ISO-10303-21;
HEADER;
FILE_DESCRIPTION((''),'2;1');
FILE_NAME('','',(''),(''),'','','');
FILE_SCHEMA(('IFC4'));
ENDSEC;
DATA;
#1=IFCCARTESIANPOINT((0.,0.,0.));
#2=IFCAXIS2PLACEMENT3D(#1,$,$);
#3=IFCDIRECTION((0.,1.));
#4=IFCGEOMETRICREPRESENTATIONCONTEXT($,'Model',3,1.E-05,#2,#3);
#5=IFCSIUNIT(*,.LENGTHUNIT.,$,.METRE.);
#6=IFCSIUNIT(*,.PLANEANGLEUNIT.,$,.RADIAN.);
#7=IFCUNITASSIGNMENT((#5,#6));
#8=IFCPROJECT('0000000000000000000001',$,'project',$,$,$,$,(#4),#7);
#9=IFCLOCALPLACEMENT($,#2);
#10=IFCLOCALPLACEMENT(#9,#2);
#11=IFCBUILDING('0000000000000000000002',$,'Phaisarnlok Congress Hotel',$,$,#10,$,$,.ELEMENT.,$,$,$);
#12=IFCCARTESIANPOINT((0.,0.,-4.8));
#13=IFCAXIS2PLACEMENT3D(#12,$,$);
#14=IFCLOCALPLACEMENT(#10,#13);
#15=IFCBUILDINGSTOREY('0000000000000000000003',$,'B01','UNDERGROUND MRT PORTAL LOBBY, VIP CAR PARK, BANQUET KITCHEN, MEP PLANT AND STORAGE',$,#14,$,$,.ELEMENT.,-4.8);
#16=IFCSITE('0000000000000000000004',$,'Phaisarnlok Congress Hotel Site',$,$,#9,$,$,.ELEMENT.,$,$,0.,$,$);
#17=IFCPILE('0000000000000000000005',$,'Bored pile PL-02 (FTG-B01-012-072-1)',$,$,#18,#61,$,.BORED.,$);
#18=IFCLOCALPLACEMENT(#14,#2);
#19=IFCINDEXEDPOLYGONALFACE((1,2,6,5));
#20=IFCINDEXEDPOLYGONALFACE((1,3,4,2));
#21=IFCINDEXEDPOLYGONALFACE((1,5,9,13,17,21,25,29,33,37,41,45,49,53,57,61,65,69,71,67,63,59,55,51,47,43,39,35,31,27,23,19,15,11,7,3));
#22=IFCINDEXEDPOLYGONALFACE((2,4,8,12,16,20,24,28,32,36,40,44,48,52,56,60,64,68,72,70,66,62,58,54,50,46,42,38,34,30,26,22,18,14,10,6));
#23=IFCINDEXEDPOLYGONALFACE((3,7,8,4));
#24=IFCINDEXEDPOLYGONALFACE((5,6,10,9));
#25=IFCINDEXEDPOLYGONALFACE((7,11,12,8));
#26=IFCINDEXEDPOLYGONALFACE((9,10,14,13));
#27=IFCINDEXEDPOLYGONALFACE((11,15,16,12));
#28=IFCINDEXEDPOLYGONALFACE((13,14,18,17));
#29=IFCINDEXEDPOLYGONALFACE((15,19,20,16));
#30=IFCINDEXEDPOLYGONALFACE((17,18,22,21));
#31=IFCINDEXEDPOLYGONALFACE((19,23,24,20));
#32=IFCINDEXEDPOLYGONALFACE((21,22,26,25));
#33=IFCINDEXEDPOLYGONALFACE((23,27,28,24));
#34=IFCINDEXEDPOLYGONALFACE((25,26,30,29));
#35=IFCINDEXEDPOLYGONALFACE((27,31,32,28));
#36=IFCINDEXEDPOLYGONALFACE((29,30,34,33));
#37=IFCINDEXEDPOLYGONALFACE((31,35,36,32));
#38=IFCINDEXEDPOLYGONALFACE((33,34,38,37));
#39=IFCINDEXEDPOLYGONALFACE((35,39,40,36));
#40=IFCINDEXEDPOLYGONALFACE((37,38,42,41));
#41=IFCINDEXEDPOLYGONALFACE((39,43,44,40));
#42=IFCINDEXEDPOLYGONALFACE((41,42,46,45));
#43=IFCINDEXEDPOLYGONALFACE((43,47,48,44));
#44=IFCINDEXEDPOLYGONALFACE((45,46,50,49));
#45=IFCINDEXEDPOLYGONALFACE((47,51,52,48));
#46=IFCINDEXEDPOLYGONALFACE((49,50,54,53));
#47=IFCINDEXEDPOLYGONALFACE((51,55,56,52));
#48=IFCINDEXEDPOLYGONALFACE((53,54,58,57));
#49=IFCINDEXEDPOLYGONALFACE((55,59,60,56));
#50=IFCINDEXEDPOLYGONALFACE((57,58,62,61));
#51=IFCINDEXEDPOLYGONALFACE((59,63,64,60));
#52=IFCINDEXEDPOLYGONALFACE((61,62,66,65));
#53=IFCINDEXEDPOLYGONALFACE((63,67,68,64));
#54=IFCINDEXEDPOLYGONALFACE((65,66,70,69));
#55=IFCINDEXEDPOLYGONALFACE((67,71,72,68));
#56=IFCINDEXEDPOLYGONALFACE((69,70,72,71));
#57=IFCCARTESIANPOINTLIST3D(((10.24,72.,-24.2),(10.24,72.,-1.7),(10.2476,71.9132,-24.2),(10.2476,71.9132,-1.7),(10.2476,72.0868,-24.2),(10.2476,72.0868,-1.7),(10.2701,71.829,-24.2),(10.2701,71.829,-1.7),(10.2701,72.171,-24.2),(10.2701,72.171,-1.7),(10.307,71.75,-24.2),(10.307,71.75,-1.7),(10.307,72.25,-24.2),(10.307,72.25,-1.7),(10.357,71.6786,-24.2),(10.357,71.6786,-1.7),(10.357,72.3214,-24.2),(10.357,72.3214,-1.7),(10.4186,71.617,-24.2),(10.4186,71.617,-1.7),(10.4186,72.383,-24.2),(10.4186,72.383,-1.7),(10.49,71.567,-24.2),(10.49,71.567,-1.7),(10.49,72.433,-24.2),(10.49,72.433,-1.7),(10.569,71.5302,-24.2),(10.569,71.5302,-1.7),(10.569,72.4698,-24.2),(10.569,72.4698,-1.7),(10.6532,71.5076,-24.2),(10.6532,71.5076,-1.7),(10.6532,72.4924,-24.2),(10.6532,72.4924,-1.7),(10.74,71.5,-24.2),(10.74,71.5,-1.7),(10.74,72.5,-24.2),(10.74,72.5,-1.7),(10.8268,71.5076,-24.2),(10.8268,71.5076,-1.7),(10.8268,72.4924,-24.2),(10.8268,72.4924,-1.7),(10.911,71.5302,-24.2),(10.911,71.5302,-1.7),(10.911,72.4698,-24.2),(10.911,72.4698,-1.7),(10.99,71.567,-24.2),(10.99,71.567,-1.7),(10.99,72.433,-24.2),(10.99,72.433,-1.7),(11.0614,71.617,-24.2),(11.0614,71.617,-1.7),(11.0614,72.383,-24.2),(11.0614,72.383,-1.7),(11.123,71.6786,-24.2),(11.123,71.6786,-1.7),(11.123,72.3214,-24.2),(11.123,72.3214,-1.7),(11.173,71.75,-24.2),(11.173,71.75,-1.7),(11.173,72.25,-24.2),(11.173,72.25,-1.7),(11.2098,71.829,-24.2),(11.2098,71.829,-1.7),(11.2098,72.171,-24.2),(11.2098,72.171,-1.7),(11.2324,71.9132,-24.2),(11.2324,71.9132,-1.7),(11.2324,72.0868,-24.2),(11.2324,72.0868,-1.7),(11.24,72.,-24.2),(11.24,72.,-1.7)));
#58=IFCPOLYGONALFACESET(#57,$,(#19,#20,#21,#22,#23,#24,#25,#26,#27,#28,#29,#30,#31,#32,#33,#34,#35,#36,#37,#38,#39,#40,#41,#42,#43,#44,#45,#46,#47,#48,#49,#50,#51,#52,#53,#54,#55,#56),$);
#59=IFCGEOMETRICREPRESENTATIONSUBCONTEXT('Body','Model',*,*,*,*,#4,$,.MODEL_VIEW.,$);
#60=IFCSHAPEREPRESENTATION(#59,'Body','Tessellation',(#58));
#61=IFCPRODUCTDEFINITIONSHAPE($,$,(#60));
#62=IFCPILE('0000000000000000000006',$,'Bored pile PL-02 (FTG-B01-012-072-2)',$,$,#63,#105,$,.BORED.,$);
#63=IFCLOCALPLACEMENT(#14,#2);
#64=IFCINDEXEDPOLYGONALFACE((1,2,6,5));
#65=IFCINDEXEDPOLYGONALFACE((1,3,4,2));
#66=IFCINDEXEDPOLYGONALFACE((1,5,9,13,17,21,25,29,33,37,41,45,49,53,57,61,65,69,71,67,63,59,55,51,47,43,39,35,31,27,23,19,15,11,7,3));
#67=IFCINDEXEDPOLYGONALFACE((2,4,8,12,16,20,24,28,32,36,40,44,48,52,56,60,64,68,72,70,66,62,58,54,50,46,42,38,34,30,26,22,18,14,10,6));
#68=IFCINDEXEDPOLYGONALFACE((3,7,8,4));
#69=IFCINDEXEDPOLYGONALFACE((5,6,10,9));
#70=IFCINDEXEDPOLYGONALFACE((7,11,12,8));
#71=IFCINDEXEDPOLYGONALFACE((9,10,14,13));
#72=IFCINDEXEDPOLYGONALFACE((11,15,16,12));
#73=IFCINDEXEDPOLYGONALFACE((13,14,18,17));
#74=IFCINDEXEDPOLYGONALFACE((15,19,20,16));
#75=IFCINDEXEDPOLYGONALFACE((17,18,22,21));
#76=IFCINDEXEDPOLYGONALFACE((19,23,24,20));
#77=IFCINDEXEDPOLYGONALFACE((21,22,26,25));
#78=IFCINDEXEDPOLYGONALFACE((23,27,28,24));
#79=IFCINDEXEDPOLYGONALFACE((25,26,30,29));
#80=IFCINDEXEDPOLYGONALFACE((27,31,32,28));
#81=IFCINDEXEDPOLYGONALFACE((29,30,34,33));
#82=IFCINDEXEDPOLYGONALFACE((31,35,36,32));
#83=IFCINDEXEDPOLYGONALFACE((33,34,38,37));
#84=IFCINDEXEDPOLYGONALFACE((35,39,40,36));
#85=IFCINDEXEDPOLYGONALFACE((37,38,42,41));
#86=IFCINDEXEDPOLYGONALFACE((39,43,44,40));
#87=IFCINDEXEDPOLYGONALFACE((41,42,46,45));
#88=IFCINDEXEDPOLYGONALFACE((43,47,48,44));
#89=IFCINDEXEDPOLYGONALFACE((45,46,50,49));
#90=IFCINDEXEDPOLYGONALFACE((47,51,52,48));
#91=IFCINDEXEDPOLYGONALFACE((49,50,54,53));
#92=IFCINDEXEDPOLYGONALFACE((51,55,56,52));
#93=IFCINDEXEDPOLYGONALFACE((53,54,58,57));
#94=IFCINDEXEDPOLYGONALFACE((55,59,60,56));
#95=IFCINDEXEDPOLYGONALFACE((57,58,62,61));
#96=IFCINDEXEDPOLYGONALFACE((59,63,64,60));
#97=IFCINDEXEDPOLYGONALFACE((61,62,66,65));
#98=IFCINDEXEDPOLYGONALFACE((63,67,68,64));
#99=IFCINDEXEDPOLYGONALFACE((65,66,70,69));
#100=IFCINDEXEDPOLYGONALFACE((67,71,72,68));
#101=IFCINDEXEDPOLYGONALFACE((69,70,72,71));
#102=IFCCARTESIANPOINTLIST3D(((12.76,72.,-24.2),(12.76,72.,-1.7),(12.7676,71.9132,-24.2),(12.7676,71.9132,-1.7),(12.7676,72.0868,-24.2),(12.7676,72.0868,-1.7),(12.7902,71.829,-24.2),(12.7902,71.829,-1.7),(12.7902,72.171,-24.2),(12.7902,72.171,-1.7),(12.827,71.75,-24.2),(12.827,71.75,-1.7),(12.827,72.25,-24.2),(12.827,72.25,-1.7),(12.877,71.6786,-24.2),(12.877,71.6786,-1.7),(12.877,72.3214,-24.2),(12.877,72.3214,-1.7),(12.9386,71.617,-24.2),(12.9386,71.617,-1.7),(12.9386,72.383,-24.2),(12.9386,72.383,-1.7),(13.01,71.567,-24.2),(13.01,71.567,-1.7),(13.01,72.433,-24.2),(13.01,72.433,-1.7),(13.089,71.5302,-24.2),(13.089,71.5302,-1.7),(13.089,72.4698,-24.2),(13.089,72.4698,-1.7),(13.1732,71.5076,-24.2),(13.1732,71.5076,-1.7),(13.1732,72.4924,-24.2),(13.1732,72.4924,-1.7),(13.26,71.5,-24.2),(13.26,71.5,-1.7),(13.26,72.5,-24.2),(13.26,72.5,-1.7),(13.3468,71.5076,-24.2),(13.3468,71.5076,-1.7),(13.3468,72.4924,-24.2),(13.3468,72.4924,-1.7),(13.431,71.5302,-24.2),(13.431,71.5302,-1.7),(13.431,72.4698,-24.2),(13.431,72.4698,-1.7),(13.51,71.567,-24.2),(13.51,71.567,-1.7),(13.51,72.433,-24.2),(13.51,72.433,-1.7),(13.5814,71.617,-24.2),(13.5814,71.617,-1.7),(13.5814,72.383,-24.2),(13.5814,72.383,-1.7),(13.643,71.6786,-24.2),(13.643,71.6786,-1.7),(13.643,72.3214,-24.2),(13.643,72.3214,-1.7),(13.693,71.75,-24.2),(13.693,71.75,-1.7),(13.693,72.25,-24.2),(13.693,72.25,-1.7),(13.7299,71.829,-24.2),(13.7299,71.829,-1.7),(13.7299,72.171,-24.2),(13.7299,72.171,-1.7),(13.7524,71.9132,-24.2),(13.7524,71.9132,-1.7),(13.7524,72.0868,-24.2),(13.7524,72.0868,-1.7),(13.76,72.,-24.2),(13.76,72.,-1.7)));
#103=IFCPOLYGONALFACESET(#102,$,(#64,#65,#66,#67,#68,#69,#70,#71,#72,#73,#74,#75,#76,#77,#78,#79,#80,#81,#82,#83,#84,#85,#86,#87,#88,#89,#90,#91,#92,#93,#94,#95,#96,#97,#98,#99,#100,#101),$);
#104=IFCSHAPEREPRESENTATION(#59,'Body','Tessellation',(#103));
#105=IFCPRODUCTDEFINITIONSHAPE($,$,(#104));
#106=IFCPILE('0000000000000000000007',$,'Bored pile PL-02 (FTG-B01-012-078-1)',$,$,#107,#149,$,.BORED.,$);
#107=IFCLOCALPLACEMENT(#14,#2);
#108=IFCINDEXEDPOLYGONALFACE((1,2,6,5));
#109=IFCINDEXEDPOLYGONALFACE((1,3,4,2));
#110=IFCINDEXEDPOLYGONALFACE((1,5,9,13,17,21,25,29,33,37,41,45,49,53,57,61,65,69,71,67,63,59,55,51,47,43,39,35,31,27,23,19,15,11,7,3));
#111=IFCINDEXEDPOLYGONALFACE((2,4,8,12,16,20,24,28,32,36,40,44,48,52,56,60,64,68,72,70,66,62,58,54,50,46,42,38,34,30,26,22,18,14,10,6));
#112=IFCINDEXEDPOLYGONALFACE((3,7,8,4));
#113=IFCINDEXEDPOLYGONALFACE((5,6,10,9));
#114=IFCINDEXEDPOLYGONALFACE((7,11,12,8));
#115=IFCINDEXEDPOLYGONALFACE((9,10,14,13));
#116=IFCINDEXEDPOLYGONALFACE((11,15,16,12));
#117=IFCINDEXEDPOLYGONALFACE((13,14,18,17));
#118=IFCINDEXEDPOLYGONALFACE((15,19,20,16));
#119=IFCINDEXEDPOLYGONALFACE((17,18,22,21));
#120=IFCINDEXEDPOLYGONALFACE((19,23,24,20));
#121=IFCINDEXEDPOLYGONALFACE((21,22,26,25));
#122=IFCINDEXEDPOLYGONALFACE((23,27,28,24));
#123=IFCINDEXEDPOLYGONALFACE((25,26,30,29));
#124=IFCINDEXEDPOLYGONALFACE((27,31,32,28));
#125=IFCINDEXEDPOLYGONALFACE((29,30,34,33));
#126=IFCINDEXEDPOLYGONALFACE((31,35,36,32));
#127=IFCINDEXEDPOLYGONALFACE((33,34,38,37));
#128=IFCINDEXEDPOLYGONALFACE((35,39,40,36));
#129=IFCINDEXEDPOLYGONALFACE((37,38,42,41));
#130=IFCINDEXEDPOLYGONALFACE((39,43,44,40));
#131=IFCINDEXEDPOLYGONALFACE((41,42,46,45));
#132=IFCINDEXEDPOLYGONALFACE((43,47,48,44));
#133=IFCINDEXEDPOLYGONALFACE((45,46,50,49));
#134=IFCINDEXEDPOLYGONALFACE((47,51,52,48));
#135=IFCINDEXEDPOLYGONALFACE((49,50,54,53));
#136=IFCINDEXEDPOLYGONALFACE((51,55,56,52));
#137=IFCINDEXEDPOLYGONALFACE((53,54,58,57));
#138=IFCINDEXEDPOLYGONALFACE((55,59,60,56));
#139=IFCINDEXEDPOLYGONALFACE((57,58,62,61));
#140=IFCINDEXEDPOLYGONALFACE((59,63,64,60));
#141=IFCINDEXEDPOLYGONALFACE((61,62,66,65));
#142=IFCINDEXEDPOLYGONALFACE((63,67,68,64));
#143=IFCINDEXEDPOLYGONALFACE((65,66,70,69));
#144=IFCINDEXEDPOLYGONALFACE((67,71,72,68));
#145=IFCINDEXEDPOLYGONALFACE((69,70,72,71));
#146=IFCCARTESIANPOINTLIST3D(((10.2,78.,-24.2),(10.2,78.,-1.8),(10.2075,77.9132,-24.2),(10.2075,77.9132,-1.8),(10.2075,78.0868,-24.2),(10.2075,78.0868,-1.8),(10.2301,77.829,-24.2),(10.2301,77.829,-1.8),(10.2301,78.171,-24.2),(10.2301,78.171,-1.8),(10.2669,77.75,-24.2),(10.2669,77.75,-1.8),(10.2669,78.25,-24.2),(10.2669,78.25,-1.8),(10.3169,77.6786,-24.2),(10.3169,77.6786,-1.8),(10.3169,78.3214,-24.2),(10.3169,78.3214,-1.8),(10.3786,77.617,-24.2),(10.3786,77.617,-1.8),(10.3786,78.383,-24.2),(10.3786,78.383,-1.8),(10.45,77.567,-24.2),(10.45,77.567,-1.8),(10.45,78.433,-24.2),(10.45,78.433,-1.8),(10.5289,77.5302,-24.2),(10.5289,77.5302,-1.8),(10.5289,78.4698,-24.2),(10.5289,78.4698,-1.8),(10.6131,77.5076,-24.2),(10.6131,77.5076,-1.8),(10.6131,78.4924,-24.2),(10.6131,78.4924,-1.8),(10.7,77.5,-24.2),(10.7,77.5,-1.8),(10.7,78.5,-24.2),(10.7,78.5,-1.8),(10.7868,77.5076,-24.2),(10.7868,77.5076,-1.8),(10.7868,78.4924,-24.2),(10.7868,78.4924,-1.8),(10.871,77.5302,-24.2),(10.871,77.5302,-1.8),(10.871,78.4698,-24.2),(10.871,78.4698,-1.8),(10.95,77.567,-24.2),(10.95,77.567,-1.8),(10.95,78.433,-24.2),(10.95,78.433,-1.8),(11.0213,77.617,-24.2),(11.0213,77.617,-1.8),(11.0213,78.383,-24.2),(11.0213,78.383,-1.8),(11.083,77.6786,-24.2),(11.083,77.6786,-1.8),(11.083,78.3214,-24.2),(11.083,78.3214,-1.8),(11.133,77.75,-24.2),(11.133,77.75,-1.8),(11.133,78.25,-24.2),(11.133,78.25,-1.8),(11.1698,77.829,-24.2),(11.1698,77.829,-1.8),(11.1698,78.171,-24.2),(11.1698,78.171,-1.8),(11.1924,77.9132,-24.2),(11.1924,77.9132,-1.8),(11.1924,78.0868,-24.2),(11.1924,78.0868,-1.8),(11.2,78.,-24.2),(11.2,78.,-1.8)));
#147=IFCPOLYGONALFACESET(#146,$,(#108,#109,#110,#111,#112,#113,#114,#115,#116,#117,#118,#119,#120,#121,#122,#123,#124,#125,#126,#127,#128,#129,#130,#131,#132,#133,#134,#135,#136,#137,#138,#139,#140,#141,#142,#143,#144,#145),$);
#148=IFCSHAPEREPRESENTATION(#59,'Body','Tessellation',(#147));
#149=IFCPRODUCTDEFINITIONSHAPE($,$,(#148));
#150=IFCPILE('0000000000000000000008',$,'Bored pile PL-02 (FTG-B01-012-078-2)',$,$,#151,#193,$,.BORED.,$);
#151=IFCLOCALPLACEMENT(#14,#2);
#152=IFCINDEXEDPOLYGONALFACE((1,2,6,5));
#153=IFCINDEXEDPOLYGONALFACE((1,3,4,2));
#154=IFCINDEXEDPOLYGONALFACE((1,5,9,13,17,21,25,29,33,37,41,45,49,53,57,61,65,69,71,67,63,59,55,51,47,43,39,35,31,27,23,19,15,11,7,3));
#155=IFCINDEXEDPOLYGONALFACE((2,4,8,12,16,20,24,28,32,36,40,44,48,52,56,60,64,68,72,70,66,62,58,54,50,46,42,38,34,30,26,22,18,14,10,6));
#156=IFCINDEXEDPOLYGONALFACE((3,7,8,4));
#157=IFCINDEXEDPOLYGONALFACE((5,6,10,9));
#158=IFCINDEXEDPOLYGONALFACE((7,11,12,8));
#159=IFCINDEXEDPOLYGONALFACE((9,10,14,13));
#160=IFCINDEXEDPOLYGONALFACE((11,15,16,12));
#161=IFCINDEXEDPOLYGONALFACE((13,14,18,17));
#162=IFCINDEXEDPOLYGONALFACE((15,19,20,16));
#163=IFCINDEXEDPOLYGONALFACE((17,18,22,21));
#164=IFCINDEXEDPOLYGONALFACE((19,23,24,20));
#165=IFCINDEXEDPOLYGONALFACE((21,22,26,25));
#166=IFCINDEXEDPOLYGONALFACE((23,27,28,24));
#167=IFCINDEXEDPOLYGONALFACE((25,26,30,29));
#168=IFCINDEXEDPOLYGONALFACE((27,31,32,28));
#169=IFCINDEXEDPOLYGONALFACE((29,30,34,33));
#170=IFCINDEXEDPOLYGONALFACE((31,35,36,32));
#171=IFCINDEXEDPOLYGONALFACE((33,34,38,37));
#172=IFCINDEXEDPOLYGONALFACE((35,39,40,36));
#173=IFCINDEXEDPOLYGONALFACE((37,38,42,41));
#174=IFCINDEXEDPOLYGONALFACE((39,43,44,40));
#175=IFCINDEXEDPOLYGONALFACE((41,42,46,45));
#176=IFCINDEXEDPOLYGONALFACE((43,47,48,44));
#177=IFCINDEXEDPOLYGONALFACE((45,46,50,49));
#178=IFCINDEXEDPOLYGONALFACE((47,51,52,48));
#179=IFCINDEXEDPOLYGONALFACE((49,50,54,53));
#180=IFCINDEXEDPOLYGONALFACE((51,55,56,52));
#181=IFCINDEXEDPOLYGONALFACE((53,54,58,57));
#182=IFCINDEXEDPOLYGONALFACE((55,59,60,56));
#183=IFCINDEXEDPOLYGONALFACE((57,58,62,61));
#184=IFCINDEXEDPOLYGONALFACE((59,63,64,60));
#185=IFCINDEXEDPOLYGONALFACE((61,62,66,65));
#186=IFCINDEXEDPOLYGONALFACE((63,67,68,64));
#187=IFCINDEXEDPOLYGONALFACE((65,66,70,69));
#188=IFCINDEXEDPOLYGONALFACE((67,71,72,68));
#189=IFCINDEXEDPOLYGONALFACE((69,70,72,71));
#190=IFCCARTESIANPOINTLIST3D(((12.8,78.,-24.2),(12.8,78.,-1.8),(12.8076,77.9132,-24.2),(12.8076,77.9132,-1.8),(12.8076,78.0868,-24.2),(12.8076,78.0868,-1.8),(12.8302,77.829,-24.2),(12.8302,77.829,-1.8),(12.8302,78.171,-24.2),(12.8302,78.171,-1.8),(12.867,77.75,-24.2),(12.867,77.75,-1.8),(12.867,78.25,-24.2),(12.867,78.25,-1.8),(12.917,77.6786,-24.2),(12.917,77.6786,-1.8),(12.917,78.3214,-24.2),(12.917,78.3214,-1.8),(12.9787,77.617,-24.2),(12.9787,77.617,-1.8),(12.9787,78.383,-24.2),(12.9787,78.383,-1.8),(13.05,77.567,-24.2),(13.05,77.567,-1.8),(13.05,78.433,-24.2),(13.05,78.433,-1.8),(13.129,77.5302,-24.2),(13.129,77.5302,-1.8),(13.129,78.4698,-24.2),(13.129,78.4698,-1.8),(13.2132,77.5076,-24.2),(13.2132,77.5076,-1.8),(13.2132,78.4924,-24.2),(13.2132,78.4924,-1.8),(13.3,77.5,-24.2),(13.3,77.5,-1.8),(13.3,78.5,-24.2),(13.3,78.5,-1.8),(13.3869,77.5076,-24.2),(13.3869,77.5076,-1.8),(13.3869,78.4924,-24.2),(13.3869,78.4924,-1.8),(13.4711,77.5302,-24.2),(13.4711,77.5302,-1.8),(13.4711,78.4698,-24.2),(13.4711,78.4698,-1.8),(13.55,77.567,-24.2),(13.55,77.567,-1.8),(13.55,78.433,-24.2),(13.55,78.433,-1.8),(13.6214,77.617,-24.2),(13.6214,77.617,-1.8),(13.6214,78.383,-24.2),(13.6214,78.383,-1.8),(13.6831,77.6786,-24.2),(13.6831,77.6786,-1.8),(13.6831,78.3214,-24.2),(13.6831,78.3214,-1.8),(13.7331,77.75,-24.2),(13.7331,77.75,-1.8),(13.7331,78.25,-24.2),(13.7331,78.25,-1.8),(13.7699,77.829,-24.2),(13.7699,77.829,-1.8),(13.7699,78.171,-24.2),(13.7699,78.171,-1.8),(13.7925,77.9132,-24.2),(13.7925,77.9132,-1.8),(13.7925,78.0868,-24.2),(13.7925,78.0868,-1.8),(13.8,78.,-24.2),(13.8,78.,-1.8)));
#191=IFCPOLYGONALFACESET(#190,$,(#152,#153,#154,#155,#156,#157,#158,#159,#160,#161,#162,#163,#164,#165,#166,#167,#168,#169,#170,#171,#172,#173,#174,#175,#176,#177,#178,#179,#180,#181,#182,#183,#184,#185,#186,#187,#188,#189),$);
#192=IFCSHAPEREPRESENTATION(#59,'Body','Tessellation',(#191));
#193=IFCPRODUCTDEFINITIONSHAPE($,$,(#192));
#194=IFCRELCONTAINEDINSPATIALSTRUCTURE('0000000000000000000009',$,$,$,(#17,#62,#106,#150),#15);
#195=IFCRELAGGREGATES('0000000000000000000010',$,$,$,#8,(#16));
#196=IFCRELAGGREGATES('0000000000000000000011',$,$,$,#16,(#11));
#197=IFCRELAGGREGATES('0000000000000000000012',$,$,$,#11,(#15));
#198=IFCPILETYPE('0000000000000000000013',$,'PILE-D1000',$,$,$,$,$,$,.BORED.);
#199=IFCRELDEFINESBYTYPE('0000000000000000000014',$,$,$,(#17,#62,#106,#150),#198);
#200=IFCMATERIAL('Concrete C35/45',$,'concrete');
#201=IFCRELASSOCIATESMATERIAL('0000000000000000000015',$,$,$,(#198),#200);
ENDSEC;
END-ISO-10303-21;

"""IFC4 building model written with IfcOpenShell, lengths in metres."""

from ifc_helpers import new_model, si_unit, direction, frame, origin, origin_2d, place, context, subcontext, project, spatial, circle, extrude, material, material_profile, profile_set, type_object, element, save


model = new_model("IFC4")

# Units and contexts
model_context = context("Model", 3, precision=1e-05, world=origin(), true_north=direction((0.0, 1.0)))
body_context = subcontext(model_context, "Body", "Model", "MODEL_VIEW")
ifc_project = project(units=[si_unit("LENGTHUNIT", "METRE"), si_unit("PLANEANGLEUNIT", "RADIAN")], contexts=[model_context])

# Site, building, storey
site_placement = place(None, origin())
site = spatial("IfcSite", under=ifc_project, at=site_placement, Name="Phaisarnlok Congress Hotel Site", CompositionType="ELEMENT", RefElevation=0.0)
building_placement = place(site_placement, origin())
building = spatial("IfcBuilding", under=site, at=building_placement, Name="Phaisarnlok Congress Hotel", CompositionType="ELEMENT")
storey_placement = place(building_placement, frame((0.0, 0.0, -4.8)))
storey = spatial("IfcBuildingStorey", under=building, at=storey_placement, Name="B01", Description="UNDERGROUND MRT PORTAL LOBBY, VIP CAR PARK, BANQUET KITCHEN, MEP PLANT AND STORAGE", CompositionType="ELEMENT", Elevation=-4.8)

# Piles
ifc_material_1 = material(Name="Concrete C35/45", Category="concrete")
ifc_material_profile_1 = material_profile(ifc_material_1, circle(Radius=0.5, at=origin_2d()), Name="BORED PILE D1000")
ifc_profile_set_1 = profile_set([ifc_material_profile_1], Name="Concrete C35/45")
pile_type_1 = type_object("IfcPileType", Name="PILE-D1000", PredefinedType="BORED", material=ifc_profile_set_1)
for number, where, z_axis, x_axis, name in (
    (1, (10.74, 72.0, -1.7), (0.0, 0.0, -1.0), (1.0, 0.0, 0.0), "Bored pile PL-02 (FTG-B01-012-072-1)"),
    (2, (13.26, 72.0, -1.7), (0.0, 0.0, -1.0), (1.0, 0.0, 0.0), "Bored pile PL-02 (FTG-B01-012-072-2)"),
):
    element("IfcPile", number, at=place(storey_placement, frame(where, z_axis=z_axis, x_axis=x_axis)), inside=storey, type_object=pile_type_1, Name=name, PredefinedType="BORED", context=body_context, shape_type="SweptSolid", body=[
        extrude(circle(Radius=0.5, at=origin_2d()), origin(), (0.0, 0.0, 1.0), 22.5),
    ])
for number, where, z_axis, x_axis, name in (
    (3, (10.7, 78.0, -1.8), (0.0, 0.0, -1.0), (1.0, 0.0, 0.0), "Bored pile PL-02 (FTG-B01-012-078-1)"),
    (4, (13.3, 78.0, -1.8), (0.0, 0.0, -1.0), (1.0, 0.0, 0.0), "Bored pile PL-02 (FTG-B01-012-078-2)"),
):
    element("IfcPile", number, at=place(storey_placement, frame(where, z_axis=z_axis, x_axis=x_axis)), inside=storey, type_object=pile_type_1, Name=name, PredefinedType="BORED", context=body_context, shape_type="SweptSolid", body=[
        extrude(circle(Radius=0.5, at=origin_2d()), origin(), (0.0, 0.0, 1.0), 22.3999),
    ])

save(model, "model.ifc")
